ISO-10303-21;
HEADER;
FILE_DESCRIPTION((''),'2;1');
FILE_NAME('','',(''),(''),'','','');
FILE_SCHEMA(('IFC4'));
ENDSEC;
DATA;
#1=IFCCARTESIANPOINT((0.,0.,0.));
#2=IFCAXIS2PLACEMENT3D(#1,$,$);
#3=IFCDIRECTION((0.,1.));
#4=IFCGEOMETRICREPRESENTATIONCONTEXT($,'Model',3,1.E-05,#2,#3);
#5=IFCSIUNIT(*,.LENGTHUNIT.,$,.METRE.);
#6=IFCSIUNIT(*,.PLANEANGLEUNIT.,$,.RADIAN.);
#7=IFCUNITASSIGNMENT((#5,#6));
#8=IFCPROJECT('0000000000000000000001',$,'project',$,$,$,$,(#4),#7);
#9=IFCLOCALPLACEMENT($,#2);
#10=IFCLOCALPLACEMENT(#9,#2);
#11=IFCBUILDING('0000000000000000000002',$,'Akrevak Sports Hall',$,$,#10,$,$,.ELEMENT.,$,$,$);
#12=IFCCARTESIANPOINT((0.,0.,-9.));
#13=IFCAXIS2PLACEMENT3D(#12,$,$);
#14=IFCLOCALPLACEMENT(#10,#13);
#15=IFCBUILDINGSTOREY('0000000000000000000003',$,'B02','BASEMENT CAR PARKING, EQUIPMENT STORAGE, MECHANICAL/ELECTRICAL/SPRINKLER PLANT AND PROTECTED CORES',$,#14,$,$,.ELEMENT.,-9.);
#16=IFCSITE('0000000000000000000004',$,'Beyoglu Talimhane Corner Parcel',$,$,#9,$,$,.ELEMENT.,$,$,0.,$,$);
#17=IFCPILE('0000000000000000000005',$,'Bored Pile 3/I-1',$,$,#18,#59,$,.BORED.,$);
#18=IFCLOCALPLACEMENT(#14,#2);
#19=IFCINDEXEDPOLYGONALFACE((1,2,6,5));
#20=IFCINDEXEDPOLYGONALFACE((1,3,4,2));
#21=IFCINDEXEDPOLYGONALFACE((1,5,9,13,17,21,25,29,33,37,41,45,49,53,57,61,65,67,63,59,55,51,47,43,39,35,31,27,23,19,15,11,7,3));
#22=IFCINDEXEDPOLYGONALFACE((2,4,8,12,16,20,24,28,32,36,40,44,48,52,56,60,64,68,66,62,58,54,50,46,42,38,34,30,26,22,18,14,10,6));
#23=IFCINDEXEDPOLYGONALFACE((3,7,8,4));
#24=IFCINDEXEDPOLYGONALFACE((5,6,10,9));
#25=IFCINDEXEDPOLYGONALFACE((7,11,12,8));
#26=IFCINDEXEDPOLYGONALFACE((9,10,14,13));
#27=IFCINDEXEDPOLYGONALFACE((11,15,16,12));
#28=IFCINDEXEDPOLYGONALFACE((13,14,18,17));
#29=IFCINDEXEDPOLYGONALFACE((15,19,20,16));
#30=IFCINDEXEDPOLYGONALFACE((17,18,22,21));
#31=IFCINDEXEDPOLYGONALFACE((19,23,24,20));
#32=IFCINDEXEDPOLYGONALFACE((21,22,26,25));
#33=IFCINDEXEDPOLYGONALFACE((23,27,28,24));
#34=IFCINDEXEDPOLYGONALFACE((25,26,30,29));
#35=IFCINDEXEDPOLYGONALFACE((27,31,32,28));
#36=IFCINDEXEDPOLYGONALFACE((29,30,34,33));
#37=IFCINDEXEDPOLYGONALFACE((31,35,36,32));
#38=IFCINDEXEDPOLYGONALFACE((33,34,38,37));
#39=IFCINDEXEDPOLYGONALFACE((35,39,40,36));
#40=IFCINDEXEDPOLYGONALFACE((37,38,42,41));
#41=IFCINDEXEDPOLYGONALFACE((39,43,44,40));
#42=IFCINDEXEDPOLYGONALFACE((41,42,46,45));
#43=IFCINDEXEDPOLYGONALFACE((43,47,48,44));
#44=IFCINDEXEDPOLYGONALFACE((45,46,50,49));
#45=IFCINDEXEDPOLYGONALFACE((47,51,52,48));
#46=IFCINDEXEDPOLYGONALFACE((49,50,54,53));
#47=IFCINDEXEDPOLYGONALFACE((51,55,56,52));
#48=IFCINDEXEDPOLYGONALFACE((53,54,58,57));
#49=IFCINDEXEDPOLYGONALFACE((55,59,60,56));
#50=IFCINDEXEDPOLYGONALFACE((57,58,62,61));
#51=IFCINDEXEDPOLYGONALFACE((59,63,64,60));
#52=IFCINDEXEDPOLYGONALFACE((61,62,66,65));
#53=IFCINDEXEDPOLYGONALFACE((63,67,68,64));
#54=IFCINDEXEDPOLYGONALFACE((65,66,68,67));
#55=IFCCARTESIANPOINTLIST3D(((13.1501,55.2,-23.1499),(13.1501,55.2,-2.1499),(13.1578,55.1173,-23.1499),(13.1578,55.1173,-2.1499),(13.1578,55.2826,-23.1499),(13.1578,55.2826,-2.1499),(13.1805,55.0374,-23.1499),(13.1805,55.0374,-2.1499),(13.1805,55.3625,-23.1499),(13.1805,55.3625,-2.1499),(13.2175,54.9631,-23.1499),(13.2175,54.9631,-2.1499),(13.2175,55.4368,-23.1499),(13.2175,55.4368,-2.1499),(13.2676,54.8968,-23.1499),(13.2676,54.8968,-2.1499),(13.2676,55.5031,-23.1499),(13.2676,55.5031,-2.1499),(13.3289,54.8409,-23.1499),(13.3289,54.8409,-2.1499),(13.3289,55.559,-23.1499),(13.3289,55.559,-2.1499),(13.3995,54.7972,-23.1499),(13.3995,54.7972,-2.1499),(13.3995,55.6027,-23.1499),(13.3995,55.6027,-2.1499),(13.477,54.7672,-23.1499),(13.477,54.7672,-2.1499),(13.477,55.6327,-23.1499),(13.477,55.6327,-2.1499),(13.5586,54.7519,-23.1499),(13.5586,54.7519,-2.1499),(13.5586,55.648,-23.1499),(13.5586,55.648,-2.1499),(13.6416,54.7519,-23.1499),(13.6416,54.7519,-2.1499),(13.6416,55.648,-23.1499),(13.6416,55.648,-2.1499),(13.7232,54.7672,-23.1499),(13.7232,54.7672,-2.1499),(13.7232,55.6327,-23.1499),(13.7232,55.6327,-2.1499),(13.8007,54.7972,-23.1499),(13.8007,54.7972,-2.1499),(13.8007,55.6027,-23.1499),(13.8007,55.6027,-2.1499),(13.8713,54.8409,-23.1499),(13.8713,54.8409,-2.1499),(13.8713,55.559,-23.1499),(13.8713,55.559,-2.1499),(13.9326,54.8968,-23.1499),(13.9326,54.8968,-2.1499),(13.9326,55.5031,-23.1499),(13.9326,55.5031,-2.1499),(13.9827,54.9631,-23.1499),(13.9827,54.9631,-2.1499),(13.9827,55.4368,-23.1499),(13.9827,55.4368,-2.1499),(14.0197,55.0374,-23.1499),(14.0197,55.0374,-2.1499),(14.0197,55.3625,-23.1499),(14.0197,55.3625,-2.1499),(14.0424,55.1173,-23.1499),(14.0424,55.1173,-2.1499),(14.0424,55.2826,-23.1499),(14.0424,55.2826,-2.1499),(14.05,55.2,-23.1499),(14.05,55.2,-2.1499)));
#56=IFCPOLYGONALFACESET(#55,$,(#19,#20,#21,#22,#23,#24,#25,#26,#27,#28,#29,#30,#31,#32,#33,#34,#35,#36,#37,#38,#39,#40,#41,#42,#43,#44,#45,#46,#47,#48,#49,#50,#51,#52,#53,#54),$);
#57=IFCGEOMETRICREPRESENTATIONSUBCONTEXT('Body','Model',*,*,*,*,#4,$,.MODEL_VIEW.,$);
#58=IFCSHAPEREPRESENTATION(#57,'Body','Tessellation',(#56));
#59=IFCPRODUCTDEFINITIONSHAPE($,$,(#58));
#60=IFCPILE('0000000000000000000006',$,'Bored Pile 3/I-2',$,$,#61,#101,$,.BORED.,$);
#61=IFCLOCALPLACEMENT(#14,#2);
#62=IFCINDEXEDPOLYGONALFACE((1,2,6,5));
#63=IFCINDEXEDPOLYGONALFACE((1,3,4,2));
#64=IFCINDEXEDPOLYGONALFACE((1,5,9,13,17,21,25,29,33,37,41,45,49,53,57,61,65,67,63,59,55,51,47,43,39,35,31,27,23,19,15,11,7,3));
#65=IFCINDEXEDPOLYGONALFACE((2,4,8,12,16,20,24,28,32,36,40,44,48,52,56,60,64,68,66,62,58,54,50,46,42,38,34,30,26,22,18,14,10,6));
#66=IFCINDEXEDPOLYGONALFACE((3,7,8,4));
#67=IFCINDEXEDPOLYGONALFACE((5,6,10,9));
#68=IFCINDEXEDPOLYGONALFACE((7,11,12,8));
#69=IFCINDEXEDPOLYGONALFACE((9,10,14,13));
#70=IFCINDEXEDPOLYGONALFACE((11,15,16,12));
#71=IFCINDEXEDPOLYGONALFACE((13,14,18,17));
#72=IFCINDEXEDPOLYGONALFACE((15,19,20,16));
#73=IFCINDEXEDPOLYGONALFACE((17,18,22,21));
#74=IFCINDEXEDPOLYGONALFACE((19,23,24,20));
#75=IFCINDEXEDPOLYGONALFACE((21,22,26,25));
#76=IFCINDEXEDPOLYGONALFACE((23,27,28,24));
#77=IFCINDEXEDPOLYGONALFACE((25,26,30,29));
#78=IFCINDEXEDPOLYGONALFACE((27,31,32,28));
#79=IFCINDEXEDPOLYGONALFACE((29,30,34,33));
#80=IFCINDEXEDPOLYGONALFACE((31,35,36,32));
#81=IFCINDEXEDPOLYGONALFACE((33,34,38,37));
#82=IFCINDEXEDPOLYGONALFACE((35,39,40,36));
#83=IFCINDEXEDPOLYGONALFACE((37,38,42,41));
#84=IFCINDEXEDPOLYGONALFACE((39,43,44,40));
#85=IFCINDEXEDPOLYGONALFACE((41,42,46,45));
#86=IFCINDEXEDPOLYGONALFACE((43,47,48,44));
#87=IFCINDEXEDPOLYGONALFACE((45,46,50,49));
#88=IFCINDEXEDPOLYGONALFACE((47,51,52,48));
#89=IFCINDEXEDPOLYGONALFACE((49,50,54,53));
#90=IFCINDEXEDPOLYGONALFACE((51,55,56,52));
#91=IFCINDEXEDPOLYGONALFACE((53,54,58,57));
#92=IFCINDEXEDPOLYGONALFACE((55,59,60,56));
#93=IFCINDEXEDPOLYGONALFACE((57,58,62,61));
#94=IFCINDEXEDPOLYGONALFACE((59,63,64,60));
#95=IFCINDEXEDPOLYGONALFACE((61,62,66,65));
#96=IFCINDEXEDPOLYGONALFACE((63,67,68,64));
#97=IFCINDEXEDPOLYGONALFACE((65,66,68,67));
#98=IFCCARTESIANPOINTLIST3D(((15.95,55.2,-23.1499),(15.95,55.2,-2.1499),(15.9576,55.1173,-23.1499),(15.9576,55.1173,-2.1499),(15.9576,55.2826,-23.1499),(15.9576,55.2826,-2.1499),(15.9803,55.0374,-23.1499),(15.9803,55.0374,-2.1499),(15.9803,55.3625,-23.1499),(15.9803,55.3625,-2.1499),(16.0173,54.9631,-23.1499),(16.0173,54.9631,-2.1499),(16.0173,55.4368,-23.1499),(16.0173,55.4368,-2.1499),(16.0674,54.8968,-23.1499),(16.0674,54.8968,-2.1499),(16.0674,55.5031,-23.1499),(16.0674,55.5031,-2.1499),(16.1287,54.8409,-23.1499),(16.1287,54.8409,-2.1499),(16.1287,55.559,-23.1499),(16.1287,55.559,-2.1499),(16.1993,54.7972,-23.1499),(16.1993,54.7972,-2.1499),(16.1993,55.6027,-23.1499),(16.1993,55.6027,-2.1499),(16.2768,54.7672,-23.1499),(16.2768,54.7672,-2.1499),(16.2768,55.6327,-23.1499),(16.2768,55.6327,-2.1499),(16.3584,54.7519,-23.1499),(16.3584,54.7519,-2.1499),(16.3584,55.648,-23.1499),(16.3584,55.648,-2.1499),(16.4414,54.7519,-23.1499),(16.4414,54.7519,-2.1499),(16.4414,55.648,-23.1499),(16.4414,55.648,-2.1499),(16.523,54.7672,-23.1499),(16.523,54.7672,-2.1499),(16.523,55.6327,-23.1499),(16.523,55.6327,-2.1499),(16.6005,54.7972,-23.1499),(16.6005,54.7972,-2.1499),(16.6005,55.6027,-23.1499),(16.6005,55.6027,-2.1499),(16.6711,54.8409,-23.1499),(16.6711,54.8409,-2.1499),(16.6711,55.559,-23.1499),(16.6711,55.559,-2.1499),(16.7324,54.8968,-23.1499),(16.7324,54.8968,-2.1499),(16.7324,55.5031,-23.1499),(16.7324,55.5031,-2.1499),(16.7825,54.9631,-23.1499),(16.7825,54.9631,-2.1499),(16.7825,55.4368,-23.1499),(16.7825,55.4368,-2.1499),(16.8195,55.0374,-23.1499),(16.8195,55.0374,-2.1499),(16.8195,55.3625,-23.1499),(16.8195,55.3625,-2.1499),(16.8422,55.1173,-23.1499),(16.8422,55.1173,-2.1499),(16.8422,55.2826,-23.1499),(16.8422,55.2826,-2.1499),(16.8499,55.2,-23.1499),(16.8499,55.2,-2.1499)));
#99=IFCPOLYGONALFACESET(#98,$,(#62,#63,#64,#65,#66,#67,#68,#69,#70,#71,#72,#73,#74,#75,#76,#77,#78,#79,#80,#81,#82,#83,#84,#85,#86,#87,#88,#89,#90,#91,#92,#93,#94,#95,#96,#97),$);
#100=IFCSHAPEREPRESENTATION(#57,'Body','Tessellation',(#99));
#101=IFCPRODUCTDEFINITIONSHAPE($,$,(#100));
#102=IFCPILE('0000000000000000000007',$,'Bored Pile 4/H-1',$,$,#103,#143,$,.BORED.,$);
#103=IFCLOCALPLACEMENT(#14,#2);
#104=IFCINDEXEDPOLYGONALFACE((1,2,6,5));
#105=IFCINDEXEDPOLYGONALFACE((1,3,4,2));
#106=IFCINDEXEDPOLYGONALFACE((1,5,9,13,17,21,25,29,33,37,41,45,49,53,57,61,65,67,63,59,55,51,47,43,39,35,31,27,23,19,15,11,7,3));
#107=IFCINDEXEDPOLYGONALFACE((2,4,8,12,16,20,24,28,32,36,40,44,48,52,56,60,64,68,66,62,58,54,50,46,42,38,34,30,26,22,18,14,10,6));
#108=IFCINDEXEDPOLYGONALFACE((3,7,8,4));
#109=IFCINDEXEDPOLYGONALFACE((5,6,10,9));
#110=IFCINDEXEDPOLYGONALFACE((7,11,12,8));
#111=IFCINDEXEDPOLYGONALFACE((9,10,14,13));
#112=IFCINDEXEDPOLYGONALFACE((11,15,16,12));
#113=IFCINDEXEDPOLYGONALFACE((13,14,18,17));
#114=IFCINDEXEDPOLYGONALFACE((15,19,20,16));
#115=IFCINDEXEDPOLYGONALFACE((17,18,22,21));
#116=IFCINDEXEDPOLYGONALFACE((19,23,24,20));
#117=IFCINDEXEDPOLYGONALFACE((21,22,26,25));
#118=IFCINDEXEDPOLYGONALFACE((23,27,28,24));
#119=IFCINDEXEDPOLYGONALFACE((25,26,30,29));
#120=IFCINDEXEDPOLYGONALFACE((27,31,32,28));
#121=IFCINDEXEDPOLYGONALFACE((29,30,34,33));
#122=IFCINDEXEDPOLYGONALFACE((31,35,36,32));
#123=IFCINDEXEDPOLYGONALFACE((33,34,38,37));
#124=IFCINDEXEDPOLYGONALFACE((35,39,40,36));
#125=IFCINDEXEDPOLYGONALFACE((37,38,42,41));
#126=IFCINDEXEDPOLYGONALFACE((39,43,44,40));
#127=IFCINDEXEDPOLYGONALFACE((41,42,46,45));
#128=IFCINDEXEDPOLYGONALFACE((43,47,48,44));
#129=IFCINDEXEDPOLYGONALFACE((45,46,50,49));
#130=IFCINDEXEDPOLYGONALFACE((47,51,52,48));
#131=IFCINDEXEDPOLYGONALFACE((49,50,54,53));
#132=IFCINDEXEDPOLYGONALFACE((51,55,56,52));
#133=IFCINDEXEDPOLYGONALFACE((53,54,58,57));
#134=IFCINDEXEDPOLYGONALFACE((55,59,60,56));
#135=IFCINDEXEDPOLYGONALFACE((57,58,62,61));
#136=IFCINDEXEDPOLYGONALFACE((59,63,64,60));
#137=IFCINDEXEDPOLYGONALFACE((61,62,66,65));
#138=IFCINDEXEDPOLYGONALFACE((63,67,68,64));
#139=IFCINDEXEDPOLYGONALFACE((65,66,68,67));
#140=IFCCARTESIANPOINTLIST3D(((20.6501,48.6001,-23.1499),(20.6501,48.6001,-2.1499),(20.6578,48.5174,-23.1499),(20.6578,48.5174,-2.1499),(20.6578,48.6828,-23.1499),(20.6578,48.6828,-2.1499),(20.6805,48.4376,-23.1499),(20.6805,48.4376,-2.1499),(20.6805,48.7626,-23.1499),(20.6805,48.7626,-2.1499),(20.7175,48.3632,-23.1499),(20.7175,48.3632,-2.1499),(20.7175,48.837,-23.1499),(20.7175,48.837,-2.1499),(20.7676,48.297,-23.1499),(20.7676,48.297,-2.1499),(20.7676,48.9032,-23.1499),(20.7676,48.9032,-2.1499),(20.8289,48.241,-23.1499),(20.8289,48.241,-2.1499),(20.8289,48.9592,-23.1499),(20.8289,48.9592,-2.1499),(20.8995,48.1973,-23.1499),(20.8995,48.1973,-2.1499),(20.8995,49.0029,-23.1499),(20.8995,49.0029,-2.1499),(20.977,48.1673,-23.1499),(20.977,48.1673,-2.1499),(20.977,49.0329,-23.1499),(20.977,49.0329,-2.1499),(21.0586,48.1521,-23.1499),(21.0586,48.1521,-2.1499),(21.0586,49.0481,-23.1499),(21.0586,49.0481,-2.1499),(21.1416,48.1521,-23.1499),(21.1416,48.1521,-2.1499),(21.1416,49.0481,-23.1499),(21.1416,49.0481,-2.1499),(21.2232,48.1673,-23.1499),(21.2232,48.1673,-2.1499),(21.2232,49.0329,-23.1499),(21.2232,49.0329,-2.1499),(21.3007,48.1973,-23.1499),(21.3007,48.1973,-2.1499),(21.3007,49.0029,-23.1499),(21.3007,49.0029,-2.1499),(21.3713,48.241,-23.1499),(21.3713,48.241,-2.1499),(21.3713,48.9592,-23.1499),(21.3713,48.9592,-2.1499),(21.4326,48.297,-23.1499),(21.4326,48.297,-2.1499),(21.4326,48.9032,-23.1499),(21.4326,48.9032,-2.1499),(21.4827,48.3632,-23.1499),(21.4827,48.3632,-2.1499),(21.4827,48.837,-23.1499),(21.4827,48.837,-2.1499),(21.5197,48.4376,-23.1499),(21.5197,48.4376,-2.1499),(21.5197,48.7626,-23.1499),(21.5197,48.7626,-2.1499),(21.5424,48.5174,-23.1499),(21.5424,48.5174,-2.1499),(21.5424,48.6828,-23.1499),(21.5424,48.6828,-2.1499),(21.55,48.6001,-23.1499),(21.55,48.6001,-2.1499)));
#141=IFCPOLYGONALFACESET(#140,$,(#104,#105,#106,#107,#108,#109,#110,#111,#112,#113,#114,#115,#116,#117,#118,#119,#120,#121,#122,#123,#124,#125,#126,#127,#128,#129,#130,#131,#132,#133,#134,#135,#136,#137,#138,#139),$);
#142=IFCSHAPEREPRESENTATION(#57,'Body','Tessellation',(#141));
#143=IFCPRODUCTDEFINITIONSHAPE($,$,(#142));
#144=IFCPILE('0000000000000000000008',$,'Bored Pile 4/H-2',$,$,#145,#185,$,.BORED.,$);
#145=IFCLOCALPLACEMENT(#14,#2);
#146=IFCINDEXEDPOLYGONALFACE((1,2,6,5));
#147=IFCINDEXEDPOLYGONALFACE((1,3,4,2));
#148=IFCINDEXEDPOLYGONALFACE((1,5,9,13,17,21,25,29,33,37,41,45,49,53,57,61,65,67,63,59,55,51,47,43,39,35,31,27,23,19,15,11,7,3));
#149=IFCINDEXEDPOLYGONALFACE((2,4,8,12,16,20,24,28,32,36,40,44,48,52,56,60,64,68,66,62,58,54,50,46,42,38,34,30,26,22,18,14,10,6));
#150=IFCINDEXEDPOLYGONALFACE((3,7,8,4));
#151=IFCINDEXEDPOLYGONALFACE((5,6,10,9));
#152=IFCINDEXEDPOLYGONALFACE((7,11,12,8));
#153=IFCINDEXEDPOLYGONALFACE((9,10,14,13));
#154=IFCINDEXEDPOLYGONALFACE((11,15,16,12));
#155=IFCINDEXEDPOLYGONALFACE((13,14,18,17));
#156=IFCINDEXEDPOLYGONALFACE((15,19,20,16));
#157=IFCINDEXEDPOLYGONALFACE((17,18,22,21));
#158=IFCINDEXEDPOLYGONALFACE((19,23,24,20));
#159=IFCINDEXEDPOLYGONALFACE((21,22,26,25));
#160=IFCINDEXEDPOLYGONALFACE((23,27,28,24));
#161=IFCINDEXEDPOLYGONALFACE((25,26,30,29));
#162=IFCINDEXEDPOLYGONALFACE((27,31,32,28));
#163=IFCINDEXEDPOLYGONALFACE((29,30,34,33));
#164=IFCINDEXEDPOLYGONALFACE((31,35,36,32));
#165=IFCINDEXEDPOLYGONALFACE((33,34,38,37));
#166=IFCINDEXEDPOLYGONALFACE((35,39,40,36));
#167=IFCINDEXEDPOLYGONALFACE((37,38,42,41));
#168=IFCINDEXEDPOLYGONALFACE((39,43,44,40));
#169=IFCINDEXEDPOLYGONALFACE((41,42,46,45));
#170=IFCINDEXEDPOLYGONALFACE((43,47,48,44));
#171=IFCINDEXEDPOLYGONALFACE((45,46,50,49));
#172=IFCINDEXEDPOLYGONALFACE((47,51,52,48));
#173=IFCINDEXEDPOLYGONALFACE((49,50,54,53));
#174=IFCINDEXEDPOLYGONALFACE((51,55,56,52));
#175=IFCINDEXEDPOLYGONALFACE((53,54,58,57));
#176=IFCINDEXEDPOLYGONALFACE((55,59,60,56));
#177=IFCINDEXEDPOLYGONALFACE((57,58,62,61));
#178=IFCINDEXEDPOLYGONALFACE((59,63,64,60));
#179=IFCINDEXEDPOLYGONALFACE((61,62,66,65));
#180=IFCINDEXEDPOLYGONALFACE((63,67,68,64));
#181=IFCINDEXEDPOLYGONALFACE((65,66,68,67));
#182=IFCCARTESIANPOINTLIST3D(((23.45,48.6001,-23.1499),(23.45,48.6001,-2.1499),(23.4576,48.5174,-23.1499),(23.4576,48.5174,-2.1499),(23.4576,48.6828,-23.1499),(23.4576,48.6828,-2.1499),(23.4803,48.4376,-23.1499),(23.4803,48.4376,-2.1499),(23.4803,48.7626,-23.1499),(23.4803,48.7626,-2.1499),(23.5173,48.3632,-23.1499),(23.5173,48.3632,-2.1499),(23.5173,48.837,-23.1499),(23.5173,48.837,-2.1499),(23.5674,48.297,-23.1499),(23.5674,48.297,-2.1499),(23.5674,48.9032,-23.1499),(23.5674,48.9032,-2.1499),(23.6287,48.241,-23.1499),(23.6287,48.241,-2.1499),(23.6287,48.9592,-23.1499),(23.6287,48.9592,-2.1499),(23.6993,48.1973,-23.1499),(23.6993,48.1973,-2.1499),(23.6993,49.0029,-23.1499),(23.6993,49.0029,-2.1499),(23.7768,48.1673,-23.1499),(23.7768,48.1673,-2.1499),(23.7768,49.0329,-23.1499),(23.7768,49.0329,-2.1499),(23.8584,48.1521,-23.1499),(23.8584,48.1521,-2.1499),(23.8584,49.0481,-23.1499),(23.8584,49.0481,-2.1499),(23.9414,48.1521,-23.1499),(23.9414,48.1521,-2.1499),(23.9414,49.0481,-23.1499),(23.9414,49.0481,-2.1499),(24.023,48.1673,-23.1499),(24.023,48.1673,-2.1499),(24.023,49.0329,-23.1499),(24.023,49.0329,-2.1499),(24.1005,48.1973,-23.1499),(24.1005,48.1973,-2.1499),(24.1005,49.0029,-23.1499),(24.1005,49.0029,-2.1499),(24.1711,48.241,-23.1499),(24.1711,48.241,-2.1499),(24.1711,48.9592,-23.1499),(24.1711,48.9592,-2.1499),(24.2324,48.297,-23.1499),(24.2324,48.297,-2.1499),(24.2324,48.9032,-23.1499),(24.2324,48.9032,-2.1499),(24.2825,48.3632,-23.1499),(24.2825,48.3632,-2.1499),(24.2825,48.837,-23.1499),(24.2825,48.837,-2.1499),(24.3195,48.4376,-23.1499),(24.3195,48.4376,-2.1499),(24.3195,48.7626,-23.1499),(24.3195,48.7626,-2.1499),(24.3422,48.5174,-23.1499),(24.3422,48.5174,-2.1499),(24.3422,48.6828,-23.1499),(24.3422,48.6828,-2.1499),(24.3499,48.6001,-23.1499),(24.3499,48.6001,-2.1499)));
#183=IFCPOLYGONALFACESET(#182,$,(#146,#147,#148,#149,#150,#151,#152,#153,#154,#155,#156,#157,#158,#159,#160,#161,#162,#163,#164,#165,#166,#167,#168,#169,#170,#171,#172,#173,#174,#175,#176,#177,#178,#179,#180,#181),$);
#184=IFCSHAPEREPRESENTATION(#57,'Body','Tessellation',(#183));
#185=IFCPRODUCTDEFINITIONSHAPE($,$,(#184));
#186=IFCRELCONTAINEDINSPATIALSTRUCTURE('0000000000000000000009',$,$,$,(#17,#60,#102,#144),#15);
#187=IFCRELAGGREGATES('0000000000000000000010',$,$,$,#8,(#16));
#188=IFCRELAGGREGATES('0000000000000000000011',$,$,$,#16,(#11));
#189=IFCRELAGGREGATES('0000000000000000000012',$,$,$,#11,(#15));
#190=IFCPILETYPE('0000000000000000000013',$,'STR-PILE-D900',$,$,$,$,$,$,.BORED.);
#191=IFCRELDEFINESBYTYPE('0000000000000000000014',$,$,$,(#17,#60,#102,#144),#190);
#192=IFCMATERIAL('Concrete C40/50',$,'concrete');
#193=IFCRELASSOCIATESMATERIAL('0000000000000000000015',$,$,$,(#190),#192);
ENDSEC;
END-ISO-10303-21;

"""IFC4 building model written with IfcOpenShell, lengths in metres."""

from ifc_helpers import new_model, si_unit, direction, frame, origin, origin_2d, place, context, subcontext, project, spatial, circle, extrude, material, material_profile, profile_set, type_object, element, save


model = new_model("IFC4")

# Units and contexts
model_context = context("Model", 3, precision=1e-05, world=origin(), true_north=direction((0.0, 1.0)))
body_context = subcontext(model_context, "Body", "Model", "MODEL_VIEW")
ifc_project = project(units=[si_unit("LENGTHUNIT", "METRE"), si_unit("PLANEANGLEUNIT", "RADIAN")], contexts=[model_context])

# Site, building, storey
site_placement = place(None, origin())
site = spatial("IfcSite", under=ifc_project, at=site_placement, Name="Beyoglu Talimhane Corner Parcel", CompositionType="ELEMENT", RefElevation=0.0)
building_placement = place(site_placement, origin())
building = spatial("IfcBuilding", under=site, at=building_placement, Name="Akrevak Sports Hall", CompositionType="ELEMENT")
storey_placement = place(building_placement, frame((0.0, 0.0, -9.0)))
storey = spatial("IfcBuildingStorey", under=building, at=storey_placement, Name="B02", Description="BASEMENT CAR PARKING, EQUIPMENT STORAGE, MECHANICAL/ELECTRICAL/SPRINKLER PLANT AND PROTECTED CORES", CompositionType="ELEMENT", Elevation=-9.0)

# Shared definitions
ifc_material_1 = material(Name="Concrete C40/50", Category="concrete")

# Piles
ifc_material_profile_1 = material_profile(ifc_material_1, circle(Radius=0.45, at=origin_2d()), Name="BORED PILE D900", Category="concrete")
ifc_profile_set_1 = profile_set([ifc_material_profile_1], Name="Concrete C40/50")
pile_type_1 = type_object("IfcPileType", Name="STR-PILE-D900", PredefinedType="BORED", material=ifc_profile_set_1)
for number, where, z_axis, x_axis, name in (
    (1, (13.6001, 55.2, -2.1499), (0.0, 0.0, -1.0), (1.0, 0.0, 0.0), "Bored Pile 3/I-1"),
    (2, (16.3999, 55.2, -2.1499), (0.0, 0.0, -1.0), (1.0, 0.0, 0.0), "Bored Pile 3/I-2"),
    (3, (21.1001, 48.6001, -2.1499), (0.0, 0.0, -1.0), (1.0, 0.0, 0.0), "Bored Pile 4/H-1"),
    (4, (23.8999, 48.6001, -2.1499), (0.0, 0.0, -1.0), (1.0, 0.0, 0.0), "Bored Pile 4/H-2"),
):
    element("IfcPile", number, at=place(storey_placement, frame(where, z_axis=z_axis, x_axis=x_axis)), inside=storey, type_object=pile_type_1, Name=name, PredefinedType="BORED", context=body_context, shape_type="SweptSolid", body=[
        extrude(circle(Radius=0.45, at=origin_2d()), origin(), (0.0, 0.0, 1.0), 21.0),
    ])

save(model, "model.ifc")
